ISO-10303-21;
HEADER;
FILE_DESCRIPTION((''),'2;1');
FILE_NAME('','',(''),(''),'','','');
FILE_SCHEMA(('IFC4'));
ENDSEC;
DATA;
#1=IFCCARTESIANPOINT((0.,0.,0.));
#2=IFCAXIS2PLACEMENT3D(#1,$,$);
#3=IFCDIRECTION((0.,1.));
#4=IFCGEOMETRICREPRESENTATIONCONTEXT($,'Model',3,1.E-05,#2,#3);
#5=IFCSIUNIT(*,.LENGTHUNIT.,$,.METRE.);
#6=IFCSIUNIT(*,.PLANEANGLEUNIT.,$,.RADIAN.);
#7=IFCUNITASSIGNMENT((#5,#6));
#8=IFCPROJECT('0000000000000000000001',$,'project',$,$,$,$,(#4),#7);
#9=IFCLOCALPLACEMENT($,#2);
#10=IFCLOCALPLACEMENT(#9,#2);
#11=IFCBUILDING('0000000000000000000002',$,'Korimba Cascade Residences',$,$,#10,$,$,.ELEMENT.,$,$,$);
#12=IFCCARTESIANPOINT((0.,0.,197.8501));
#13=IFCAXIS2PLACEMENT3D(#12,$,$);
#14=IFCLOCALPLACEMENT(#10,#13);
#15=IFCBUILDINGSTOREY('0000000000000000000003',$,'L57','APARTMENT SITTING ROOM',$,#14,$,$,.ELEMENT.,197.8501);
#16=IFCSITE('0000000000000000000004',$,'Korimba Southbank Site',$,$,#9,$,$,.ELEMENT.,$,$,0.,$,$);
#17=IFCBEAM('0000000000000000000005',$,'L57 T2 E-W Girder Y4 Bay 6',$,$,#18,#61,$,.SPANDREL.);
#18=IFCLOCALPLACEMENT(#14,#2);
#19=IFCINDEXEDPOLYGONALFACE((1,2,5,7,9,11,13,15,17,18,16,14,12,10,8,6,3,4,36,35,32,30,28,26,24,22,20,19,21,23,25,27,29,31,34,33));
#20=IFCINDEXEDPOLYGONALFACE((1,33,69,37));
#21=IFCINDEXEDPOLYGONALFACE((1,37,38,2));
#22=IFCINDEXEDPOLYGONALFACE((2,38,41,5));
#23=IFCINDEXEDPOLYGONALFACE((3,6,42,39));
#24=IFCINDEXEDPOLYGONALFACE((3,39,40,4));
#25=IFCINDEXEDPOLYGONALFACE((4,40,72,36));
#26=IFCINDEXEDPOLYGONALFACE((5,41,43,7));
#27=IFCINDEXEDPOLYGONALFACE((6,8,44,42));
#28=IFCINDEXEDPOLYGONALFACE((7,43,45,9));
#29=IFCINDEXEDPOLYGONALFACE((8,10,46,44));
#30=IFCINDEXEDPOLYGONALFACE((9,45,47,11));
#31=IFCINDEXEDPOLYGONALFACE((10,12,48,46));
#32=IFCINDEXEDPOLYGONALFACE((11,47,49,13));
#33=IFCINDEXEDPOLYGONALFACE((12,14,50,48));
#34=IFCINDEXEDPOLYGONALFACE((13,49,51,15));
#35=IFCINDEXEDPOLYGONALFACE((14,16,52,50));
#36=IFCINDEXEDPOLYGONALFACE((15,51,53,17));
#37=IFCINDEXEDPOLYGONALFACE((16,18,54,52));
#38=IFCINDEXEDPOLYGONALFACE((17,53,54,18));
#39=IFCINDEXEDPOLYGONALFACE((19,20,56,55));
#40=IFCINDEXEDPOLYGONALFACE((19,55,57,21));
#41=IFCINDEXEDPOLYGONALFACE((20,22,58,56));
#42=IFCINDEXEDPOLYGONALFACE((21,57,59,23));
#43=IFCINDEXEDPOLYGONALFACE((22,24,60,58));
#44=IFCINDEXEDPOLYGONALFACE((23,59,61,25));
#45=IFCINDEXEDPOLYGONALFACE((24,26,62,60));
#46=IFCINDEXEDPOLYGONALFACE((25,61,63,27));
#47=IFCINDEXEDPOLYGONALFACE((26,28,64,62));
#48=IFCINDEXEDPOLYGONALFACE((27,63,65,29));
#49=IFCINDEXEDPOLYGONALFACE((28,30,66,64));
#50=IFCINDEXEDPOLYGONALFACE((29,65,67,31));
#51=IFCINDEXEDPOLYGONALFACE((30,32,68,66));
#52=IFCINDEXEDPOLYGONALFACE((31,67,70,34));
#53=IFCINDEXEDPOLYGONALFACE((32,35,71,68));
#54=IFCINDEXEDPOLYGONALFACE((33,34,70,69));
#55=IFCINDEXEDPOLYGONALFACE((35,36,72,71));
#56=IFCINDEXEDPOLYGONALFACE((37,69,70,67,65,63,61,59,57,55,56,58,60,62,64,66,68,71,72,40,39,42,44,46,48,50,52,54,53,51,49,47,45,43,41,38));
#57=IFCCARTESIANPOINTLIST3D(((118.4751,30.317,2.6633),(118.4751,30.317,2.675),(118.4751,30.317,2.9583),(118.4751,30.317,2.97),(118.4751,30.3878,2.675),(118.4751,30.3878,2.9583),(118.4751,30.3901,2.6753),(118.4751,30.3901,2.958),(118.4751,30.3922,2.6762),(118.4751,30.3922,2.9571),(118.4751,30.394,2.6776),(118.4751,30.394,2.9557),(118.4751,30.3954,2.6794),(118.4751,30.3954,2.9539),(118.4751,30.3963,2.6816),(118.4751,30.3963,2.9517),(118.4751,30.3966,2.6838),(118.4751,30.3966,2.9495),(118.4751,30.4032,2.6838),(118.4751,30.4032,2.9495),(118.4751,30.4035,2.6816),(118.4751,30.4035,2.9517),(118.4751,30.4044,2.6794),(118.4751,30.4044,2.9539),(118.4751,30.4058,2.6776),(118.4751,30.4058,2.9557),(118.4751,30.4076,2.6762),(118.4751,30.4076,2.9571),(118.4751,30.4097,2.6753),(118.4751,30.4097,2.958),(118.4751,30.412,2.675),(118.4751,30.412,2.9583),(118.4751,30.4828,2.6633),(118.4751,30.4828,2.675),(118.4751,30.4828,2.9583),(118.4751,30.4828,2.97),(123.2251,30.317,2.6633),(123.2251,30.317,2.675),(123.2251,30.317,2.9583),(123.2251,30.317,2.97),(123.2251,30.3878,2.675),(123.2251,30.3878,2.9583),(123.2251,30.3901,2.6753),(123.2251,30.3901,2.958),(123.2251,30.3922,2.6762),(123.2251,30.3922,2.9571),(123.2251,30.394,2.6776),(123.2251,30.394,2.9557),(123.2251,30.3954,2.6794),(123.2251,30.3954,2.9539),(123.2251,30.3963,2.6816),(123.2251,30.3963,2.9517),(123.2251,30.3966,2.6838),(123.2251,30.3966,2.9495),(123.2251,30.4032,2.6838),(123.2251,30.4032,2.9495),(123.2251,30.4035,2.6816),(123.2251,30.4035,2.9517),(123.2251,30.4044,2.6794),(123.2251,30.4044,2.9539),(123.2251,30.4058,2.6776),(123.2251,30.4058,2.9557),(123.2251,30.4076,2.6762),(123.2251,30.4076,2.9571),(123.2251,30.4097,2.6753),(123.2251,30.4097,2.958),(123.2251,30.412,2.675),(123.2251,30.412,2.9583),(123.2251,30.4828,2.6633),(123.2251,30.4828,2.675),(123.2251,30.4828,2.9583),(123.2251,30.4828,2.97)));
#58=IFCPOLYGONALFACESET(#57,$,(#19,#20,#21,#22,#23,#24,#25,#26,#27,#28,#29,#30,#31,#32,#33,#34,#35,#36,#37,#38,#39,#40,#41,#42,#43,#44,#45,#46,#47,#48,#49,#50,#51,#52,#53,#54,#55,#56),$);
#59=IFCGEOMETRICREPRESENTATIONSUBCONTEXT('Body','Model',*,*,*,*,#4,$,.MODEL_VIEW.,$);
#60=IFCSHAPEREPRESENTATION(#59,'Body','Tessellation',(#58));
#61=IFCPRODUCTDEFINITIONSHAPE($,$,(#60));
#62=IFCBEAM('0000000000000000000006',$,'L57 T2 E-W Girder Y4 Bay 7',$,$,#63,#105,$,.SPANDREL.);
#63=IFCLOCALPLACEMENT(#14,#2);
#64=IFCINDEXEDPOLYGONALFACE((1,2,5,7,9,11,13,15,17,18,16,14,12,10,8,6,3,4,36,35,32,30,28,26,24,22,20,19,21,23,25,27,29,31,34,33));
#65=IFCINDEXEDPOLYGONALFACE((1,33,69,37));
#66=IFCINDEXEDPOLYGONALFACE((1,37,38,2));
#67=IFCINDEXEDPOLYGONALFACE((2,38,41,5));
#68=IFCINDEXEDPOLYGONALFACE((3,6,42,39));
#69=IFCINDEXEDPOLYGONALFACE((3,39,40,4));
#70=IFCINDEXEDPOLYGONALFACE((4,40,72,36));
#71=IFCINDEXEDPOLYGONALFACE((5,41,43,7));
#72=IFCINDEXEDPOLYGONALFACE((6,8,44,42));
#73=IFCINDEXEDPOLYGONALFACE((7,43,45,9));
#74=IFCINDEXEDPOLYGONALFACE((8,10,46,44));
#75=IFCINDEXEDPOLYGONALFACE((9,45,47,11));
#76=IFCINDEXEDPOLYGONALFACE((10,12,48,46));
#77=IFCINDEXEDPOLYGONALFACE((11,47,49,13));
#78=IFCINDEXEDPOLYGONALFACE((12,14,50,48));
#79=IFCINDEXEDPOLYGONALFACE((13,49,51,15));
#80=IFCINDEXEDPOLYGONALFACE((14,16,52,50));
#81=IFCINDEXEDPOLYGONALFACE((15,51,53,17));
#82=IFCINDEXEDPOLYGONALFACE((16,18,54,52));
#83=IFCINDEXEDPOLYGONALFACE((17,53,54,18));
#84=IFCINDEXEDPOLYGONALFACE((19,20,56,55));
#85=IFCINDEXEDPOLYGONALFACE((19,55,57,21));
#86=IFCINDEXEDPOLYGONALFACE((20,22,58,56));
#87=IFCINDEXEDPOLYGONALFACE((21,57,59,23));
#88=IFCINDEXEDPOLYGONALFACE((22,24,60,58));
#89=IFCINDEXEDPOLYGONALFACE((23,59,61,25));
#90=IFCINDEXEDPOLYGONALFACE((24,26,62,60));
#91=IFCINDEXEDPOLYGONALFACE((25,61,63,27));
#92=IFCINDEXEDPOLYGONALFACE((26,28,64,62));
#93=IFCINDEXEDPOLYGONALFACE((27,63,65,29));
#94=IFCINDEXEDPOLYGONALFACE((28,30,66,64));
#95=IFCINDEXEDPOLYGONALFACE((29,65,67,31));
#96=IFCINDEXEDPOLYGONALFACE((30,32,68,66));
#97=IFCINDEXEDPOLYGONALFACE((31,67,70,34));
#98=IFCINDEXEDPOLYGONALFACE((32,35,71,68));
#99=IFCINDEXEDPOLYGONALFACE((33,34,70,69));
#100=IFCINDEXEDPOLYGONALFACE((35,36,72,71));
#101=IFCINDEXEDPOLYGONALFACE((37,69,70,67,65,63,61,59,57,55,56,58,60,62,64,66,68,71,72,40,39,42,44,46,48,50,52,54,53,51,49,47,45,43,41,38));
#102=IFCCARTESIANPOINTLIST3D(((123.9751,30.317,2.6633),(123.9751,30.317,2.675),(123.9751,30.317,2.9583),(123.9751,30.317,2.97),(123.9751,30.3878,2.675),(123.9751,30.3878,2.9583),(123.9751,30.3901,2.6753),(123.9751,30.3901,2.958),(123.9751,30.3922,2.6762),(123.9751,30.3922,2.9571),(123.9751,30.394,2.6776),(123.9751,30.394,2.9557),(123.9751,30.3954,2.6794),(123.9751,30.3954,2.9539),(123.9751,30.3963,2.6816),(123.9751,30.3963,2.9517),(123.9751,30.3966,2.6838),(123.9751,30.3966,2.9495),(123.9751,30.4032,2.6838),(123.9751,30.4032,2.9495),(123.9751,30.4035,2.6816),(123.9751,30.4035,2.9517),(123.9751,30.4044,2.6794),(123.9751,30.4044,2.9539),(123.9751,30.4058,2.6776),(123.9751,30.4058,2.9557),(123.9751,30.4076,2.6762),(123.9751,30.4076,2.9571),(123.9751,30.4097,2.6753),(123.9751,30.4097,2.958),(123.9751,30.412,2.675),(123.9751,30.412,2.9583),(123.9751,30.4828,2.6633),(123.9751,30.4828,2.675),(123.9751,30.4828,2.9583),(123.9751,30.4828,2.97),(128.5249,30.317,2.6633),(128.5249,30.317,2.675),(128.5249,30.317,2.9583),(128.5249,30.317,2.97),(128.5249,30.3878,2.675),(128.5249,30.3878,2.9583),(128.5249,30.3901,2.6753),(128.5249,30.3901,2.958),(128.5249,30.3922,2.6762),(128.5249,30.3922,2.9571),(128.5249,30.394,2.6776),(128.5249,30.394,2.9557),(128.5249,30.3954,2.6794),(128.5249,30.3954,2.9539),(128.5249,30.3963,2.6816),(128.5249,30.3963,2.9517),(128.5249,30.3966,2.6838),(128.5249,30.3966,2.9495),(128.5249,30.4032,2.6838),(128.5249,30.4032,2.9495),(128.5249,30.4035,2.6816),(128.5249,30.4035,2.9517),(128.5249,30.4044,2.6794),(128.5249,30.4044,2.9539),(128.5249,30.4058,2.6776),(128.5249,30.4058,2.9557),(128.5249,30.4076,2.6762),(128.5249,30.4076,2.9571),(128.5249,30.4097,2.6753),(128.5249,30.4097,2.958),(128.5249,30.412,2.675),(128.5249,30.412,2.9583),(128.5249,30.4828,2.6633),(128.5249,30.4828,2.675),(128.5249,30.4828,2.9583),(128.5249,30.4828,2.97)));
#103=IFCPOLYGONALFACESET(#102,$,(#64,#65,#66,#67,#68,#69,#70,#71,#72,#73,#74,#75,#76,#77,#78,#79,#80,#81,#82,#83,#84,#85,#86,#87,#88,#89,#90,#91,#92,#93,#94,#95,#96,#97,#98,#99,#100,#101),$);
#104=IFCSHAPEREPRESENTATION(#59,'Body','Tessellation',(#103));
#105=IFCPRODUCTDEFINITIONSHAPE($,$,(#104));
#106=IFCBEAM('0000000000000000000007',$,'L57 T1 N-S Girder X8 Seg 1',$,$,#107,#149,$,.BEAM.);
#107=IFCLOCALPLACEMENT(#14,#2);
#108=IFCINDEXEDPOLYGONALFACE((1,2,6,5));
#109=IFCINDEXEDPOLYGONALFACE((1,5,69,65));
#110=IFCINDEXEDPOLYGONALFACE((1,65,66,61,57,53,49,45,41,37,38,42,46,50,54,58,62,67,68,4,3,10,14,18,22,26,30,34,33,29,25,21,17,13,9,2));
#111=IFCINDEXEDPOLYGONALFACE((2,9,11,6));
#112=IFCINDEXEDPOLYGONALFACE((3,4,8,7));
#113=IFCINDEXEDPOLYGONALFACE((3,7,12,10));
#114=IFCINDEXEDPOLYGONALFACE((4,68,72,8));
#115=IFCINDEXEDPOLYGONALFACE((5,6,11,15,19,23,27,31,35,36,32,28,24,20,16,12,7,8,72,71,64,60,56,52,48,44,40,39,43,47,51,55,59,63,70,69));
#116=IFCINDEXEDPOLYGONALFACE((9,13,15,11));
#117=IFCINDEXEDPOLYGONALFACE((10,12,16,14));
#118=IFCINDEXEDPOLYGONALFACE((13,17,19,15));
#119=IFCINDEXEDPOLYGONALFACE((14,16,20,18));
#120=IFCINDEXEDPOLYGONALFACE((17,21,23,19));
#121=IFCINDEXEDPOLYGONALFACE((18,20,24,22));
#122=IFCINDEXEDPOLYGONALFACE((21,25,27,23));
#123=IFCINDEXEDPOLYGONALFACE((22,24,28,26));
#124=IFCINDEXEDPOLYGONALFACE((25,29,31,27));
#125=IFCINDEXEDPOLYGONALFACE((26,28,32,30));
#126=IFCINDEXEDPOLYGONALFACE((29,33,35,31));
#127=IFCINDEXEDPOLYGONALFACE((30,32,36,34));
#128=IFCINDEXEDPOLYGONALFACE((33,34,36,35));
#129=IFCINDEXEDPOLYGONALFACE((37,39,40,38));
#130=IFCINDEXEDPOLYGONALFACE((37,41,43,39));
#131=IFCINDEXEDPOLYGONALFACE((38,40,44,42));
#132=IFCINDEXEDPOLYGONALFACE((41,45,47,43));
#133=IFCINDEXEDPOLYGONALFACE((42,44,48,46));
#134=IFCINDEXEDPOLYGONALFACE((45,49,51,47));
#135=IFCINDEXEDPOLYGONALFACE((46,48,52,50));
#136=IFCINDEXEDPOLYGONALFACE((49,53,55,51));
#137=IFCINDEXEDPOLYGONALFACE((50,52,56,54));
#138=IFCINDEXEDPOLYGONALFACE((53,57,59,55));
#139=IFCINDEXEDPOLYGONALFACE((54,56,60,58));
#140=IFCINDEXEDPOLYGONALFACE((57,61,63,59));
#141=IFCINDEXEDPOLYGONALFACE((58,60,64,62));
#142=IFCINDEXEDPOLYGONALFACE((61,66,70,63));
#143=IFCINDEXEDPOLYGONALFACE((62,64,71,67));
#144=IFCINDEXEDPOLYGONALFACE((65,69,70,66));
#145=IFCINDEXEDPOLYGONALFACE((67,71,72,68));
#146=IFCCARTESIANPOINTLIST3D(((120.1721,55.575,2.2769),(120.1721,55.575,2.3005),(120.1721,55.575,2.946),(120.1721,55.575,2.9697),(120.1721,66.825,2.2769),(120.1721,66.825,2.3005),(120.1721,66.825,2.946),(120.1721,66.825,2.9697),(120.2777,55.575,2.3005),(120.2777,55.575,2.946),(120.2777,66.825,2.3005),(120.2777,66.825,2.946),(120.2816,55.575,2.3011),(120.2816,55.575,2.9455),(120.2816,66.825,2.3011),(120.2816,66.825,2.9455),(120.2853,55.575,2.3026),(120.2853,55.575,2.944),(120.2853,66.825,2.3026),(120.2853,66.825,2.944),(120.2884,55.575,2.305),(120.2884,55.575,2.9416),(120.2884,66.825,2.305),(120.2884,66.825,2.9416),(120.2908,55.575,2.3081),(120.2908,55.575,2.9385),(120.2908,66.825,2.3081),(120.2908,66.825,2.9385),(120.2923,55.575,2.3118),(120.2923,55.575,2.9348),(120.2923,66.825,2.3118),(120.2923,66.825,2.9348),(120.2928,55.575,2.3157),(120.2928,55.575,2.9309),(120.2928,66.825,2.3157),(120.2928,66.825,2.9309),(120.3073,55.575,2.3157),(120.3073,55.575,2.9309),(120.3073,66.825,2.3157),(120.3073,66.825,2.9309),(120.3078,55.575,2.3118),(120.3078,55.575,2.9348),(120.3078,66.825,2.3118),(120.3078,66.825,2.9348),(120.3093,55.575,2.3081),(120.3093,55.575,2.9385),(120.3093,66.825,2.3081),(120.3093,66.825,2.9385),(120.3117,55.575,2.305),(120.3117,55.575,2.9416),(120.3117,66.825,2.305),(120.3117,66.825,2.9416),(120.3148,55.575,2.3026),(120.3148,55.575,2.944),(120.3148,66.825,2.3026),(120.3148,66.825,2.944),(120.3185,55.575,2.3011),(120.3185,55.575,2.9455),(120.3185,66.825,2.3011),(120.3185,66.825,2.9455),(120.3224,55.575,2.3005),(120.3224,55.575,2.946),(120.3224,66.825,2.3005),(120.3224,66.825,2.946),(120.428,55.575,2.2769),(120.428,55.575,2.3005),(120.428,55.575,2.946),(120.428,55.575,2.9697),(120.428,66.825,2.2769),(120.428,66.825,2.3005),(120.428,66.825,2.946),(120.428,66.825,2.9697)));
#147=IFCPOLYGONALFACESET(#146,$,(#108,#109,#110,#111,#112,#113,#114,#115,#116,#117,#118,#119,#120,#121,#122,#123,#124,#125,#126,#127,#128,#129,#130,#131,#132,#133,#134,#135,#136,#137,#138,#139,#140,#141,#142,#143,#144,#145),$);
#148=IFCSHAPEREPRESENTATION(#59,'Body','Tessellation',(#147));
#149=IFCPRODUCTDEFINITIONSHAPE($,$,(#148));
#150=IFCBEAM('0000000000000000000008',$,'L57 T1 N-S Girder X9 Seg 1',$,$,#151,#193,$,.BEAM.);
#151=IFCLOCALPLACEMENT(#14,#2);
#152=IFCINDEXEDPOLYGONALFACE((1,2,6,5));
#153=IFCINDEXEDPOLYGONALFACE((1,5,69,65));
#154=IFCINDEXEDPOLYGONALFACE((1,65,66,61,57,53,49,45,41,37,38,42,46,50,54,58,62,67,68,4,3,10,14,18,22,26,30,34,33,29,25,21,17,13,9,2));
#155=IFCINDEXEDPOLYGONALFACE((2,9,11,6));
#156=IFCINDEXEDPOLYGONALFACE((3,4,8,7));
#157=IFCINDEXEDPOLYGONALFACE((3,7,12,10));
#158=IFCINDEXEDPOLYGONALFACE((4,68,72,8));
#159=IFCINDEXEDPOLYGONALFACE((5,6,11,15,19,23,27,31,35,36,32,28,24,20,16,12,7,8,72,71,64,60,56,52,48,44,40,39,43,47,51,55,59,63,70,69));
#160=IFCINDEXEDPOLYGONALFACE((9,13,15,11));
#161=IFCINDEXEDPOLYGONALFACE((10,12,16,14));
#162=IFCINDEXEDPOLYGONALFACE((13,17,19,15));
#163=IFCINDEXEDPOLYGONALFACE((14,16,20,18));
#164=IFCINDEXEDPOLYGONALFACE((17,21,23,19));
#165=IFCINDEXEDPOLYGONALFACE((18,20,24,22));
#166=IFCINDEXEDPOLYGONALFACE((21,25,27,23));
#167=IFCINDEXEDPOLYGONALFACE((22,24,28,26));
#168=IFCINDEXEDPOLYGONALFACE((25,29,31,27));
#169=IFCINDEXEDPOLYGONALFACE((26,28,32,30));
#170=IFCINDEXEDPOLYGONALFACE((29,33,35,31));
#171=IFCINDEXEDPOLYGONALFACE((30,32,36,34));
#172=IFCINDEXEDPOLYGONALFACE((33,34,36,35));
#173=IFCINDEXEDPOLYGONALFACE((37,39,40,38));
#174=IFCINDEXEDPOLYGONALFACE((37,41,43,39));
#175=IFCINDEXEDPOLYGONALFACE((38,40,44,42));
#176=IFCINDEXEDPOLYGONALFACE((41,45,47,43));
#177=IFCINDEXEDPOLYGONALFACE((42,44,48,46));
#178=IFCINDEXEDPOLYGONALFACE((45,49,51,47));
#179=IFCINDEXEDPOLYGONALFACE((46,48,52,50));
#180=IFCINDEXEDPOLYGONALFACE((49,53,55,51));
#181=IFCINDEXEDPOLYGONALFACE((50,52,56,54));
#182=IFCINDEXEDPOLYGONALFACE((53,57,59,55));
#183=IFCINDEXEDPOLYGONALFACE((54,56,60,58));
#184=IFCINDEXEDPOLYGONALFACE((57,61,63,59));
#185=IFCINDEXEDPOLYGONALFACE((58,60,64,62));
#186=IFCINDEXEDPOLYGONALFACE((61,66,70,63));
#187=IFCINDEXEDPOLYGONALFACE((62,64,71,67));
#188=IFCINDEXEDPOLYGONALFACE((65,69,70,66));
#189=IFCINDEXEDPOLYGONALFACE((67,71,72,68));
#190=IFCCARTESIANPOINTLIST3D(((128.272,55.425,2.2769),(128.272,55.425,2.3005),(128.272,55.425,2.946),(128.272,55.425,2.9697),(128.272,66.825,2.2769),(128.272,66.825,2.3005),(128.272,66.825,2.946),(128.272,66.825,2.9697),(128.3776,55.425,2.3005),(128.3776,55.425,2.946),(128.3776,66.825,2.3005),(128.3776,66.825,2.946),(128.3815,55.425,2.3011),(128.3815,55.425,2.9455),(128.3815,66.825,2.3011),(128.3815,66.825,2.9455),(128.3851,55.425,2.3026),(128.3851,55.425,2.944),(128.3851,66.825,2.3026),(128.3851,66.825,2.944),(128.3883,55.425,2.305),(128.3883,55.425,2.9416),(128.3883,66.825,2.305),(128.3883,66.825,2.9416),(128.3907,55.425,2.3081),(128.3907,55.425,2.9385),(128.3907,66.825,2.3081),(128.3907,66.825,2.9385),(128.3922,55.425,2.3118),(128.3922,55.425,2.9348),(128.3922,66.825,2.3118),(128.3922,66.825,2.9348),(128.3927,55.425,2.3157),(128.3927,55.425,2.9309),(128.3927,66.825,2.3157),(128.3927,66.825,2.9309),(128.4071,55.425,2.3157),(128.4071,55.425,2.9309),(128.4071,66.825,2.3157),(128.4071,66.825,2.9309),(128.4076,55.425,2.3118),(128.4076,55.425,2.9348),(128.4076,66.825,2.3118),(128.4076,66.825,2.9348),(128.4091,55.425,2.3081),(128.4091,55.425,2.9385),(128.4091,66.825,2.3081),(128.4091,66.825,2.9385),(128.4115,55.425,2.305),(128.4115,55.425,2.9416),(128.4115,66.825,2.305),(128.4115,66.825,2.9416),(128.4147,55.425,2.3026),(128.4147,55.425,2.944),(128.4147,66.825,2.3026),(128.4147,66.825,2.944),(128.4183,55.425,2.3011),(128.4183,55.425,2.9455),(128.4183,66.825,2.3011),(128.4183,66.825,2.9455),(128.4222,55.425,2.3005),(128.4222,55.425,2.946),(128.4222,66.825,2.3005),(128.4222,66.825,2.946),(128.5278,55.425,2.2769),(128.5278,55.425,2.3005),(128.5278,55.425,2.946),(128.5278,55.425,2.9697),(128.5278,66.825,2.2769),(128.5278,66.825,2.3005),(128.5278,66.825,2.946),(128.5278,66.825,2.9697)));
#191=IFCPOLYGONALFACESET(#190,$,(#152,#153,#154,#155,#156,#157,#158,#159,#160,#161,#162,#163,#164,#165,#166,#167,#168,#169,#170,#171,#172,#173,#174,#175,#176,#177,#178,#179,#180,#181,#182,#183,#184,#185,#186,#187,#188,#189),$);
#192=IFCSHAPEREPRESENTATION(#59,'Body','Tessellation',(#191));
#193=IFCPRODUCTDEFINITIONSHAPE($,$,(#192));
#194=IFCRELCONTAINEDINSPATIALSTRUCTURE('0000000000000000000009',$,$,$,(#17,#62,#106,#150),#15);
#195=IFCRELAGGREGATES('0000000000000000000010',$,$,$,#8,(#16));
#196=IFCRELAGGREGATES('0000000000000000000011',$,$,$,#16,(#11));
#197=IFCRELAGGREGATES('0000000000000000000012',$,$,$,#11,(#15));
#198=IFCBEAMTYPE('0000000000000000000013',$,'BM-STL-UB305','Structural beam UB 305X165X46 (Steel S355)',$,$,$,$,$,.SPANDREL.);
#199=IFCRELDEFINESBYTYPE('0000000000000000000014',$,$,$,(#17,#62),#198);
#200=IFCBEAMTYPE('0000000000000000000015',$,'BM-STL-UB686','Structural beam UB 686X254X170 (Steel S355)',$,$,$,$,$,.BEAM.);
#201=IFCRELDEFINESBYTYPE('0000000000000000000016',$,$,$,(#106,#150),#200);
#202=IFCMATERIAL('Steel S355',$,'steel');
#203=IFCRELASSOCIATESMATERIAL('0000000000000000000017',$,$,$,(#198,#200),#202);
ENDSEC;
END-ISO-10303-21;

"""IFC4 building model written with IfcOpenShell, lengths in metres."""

from ifc_helpers import new_model, si_unit, direction, frame, origin, origin_2d, place, context, subcontext, project, spatial, i_section, extrude, material, material_profile, profile_set, type_object, element, save


model = new_model("IFC4")

# Units and contexts
model_context = context("Model", 3, precision=1e-05, world=origin(), true_north=direction((0.0, 1.0)))
body_context = subcontext(model_context, "Body", "Model", "MODEL_VIEW")
ifc_project = project(units=[si_unit("LENGTHUNIT", "METRE"), si_unit("PLANEANGLEUNIT", "RADIAN")], contexts=[model_context])

# Site, building, storey
site_placement = place(None, origin())
site = spatial("IfcSite", under=ifc_project, at=site_placement, Name="Korimba Southbank Site", CompositionType="ELEMENT", RefElevation=0.0)
building_placement = place(site_placement, origin())
building = spatial("IfcBuilding", under=site, at=building_placement, Name="Korimba Cascade Residences", CompositionType="ELEMENT")
storey_placement = place(building_placement, frame((0.0, 0.0, 197.8501)))
storey = spatial("IfcBuildingStorey", under=building, at=storey_placement, Name="L57", Description="APARTMENT SITTING ROOM", CompositionType="ELEMENT", Elevation=197.8501)

# Beams
ifc_material_1 = material(Name="Steel S355", Category="steel")
ifc_material_profile_1 = material_profile(ifc_material_1, i_section(OverallWidth=0.1658, OverallDepth=0.3066, WebThickness=0.0066, FlangeThickness=0.0117, FilletRadius=0.0088, at=origin_2d()), Name="Steel S355")
ifc_profile_set_1 = profile_set([ifc_material_profile_1], Name="Steel S355")
beam_type_1 = type_object("IfcBeamType", Name="BM-STL-UB305", Description="Structural beam UB 305X165X46 (Steel S355)", PredefinedType="SPANDREL", material=ifc_profile_set_1)
beam_1_placement = place(storey_placement, frame((118.4751, 30.3999, 2.8167), z_axis=(1.0, 0.0, 0.0), x_axis=(0.0, 1.0, 0.0)))
element("IfcBeam", 1, at=beam_1_placement, inside=storey, type_object=beam_type_1, Name="L57 T2 E-W Girder Y4 Bay 6", PredefinedType="SPANDREL", context=body_context, shape_type="SweptSolid", body=[
    extrude(i_section(OverallWidth=0.1658, OverallDepth=0.3066, WebThickness=0.0066, FlangeThickness=0.0117, FilletRadius=0.0088, at=origin_2d()), origin(), (0.0, 0.0, 1.0), 4.75),
])
beam_2_placement = place(storey_placement, frame((123.9751, 30.3999, 2.8167), z_axis=(1.0, 0.0, 0.0), x_axis=(0.0, 1.0, 0.0)))
element("IfcBeam", 2, at=beam_2_placement, inside=storey, type_object=beam_type_1, Name="L57 T2 E-W Girder Y4 Bay 7", PredefinedType="SPANDREL", context=body_context, shape_type="SweptSolid", body=[
    extrude(i_section(OverallWidth=0.1658, OverallDepth=0.3066, WebThickness=0.0066, FlangeThickness=0.0117, FilletRadius=0.0088, at=origin_2d()), origin(), (0.0, 0.0, 1.0), 4.5498),
])
ifc_material_profile_2 = material_profile(ifc_material_1, i_section(OverallWidth=0.2559, OverallDepth=0.6929, WebThickness=0.0144, FlangeThickness=0.0237, FilletRadius=0.0151, at=origin_2d()), Name="Steel S355")
ifc_profile_set_2 = profile_set([ifc_material_profile_2], Name="Steel S355")
beam_type_2 = type_object("IfcBeamType", Name="BM-STL-UB686", Description="Structural beam UB 686X254X170 (Steel S355)", PredefinedType="BEAM", material=ifc_profile_set_2)
beam_3_placement = place(storey_placement, frame((120.3, 55.575, 2.6233), z_axis=(0.0, 1.0, 0.0), x_axis=(-1.0, 0.0, 0.0)))
element("IfcBeam", 3, at=beam_3_placement, inside=storey, type_object=beam_type_2, Name="L57 T1 N-S Girder X8 Seg 1", PredefinedType="BEAM", context=body_context, shape_type="SweptSolid", body=[
    extrude(i_section(OverallWidth=0.2559, OverallDepth=0.6929, WebThickness=0.0144, FlangeThickness=0.0237, FilletRadius=0.0151, at=origin_2d()), origin(), (0.0, 0.0, 1.0), 11.25),
])
beam_4_placement = place(storey_placement, frame((128.3999, 55.425, 2.6233), z_axis=(0.0, 1.0, 0.0), x_axis=(-1.0, 0.0, 0.0)))
element("IfcBeam", 4, at=beam_4_placement, inside=storey, type_object=beam_type_2, Name="L57 T1 N-S Girder X9 Seg 1", PredefinedType="BEAM", context=body_context, shape_type="SweptSolid", body=[
    extrude(i_section(OverallWidth=0.2559, OverallDepth=0.6929, WebThickness=0.0144, FlangeThickness=0.0237, FilletRadius=0.0151, at=origin_2d()), origin(), (0.0, 0.0, 1.0), 11.3999),
])

save(model, "model.ifc")
